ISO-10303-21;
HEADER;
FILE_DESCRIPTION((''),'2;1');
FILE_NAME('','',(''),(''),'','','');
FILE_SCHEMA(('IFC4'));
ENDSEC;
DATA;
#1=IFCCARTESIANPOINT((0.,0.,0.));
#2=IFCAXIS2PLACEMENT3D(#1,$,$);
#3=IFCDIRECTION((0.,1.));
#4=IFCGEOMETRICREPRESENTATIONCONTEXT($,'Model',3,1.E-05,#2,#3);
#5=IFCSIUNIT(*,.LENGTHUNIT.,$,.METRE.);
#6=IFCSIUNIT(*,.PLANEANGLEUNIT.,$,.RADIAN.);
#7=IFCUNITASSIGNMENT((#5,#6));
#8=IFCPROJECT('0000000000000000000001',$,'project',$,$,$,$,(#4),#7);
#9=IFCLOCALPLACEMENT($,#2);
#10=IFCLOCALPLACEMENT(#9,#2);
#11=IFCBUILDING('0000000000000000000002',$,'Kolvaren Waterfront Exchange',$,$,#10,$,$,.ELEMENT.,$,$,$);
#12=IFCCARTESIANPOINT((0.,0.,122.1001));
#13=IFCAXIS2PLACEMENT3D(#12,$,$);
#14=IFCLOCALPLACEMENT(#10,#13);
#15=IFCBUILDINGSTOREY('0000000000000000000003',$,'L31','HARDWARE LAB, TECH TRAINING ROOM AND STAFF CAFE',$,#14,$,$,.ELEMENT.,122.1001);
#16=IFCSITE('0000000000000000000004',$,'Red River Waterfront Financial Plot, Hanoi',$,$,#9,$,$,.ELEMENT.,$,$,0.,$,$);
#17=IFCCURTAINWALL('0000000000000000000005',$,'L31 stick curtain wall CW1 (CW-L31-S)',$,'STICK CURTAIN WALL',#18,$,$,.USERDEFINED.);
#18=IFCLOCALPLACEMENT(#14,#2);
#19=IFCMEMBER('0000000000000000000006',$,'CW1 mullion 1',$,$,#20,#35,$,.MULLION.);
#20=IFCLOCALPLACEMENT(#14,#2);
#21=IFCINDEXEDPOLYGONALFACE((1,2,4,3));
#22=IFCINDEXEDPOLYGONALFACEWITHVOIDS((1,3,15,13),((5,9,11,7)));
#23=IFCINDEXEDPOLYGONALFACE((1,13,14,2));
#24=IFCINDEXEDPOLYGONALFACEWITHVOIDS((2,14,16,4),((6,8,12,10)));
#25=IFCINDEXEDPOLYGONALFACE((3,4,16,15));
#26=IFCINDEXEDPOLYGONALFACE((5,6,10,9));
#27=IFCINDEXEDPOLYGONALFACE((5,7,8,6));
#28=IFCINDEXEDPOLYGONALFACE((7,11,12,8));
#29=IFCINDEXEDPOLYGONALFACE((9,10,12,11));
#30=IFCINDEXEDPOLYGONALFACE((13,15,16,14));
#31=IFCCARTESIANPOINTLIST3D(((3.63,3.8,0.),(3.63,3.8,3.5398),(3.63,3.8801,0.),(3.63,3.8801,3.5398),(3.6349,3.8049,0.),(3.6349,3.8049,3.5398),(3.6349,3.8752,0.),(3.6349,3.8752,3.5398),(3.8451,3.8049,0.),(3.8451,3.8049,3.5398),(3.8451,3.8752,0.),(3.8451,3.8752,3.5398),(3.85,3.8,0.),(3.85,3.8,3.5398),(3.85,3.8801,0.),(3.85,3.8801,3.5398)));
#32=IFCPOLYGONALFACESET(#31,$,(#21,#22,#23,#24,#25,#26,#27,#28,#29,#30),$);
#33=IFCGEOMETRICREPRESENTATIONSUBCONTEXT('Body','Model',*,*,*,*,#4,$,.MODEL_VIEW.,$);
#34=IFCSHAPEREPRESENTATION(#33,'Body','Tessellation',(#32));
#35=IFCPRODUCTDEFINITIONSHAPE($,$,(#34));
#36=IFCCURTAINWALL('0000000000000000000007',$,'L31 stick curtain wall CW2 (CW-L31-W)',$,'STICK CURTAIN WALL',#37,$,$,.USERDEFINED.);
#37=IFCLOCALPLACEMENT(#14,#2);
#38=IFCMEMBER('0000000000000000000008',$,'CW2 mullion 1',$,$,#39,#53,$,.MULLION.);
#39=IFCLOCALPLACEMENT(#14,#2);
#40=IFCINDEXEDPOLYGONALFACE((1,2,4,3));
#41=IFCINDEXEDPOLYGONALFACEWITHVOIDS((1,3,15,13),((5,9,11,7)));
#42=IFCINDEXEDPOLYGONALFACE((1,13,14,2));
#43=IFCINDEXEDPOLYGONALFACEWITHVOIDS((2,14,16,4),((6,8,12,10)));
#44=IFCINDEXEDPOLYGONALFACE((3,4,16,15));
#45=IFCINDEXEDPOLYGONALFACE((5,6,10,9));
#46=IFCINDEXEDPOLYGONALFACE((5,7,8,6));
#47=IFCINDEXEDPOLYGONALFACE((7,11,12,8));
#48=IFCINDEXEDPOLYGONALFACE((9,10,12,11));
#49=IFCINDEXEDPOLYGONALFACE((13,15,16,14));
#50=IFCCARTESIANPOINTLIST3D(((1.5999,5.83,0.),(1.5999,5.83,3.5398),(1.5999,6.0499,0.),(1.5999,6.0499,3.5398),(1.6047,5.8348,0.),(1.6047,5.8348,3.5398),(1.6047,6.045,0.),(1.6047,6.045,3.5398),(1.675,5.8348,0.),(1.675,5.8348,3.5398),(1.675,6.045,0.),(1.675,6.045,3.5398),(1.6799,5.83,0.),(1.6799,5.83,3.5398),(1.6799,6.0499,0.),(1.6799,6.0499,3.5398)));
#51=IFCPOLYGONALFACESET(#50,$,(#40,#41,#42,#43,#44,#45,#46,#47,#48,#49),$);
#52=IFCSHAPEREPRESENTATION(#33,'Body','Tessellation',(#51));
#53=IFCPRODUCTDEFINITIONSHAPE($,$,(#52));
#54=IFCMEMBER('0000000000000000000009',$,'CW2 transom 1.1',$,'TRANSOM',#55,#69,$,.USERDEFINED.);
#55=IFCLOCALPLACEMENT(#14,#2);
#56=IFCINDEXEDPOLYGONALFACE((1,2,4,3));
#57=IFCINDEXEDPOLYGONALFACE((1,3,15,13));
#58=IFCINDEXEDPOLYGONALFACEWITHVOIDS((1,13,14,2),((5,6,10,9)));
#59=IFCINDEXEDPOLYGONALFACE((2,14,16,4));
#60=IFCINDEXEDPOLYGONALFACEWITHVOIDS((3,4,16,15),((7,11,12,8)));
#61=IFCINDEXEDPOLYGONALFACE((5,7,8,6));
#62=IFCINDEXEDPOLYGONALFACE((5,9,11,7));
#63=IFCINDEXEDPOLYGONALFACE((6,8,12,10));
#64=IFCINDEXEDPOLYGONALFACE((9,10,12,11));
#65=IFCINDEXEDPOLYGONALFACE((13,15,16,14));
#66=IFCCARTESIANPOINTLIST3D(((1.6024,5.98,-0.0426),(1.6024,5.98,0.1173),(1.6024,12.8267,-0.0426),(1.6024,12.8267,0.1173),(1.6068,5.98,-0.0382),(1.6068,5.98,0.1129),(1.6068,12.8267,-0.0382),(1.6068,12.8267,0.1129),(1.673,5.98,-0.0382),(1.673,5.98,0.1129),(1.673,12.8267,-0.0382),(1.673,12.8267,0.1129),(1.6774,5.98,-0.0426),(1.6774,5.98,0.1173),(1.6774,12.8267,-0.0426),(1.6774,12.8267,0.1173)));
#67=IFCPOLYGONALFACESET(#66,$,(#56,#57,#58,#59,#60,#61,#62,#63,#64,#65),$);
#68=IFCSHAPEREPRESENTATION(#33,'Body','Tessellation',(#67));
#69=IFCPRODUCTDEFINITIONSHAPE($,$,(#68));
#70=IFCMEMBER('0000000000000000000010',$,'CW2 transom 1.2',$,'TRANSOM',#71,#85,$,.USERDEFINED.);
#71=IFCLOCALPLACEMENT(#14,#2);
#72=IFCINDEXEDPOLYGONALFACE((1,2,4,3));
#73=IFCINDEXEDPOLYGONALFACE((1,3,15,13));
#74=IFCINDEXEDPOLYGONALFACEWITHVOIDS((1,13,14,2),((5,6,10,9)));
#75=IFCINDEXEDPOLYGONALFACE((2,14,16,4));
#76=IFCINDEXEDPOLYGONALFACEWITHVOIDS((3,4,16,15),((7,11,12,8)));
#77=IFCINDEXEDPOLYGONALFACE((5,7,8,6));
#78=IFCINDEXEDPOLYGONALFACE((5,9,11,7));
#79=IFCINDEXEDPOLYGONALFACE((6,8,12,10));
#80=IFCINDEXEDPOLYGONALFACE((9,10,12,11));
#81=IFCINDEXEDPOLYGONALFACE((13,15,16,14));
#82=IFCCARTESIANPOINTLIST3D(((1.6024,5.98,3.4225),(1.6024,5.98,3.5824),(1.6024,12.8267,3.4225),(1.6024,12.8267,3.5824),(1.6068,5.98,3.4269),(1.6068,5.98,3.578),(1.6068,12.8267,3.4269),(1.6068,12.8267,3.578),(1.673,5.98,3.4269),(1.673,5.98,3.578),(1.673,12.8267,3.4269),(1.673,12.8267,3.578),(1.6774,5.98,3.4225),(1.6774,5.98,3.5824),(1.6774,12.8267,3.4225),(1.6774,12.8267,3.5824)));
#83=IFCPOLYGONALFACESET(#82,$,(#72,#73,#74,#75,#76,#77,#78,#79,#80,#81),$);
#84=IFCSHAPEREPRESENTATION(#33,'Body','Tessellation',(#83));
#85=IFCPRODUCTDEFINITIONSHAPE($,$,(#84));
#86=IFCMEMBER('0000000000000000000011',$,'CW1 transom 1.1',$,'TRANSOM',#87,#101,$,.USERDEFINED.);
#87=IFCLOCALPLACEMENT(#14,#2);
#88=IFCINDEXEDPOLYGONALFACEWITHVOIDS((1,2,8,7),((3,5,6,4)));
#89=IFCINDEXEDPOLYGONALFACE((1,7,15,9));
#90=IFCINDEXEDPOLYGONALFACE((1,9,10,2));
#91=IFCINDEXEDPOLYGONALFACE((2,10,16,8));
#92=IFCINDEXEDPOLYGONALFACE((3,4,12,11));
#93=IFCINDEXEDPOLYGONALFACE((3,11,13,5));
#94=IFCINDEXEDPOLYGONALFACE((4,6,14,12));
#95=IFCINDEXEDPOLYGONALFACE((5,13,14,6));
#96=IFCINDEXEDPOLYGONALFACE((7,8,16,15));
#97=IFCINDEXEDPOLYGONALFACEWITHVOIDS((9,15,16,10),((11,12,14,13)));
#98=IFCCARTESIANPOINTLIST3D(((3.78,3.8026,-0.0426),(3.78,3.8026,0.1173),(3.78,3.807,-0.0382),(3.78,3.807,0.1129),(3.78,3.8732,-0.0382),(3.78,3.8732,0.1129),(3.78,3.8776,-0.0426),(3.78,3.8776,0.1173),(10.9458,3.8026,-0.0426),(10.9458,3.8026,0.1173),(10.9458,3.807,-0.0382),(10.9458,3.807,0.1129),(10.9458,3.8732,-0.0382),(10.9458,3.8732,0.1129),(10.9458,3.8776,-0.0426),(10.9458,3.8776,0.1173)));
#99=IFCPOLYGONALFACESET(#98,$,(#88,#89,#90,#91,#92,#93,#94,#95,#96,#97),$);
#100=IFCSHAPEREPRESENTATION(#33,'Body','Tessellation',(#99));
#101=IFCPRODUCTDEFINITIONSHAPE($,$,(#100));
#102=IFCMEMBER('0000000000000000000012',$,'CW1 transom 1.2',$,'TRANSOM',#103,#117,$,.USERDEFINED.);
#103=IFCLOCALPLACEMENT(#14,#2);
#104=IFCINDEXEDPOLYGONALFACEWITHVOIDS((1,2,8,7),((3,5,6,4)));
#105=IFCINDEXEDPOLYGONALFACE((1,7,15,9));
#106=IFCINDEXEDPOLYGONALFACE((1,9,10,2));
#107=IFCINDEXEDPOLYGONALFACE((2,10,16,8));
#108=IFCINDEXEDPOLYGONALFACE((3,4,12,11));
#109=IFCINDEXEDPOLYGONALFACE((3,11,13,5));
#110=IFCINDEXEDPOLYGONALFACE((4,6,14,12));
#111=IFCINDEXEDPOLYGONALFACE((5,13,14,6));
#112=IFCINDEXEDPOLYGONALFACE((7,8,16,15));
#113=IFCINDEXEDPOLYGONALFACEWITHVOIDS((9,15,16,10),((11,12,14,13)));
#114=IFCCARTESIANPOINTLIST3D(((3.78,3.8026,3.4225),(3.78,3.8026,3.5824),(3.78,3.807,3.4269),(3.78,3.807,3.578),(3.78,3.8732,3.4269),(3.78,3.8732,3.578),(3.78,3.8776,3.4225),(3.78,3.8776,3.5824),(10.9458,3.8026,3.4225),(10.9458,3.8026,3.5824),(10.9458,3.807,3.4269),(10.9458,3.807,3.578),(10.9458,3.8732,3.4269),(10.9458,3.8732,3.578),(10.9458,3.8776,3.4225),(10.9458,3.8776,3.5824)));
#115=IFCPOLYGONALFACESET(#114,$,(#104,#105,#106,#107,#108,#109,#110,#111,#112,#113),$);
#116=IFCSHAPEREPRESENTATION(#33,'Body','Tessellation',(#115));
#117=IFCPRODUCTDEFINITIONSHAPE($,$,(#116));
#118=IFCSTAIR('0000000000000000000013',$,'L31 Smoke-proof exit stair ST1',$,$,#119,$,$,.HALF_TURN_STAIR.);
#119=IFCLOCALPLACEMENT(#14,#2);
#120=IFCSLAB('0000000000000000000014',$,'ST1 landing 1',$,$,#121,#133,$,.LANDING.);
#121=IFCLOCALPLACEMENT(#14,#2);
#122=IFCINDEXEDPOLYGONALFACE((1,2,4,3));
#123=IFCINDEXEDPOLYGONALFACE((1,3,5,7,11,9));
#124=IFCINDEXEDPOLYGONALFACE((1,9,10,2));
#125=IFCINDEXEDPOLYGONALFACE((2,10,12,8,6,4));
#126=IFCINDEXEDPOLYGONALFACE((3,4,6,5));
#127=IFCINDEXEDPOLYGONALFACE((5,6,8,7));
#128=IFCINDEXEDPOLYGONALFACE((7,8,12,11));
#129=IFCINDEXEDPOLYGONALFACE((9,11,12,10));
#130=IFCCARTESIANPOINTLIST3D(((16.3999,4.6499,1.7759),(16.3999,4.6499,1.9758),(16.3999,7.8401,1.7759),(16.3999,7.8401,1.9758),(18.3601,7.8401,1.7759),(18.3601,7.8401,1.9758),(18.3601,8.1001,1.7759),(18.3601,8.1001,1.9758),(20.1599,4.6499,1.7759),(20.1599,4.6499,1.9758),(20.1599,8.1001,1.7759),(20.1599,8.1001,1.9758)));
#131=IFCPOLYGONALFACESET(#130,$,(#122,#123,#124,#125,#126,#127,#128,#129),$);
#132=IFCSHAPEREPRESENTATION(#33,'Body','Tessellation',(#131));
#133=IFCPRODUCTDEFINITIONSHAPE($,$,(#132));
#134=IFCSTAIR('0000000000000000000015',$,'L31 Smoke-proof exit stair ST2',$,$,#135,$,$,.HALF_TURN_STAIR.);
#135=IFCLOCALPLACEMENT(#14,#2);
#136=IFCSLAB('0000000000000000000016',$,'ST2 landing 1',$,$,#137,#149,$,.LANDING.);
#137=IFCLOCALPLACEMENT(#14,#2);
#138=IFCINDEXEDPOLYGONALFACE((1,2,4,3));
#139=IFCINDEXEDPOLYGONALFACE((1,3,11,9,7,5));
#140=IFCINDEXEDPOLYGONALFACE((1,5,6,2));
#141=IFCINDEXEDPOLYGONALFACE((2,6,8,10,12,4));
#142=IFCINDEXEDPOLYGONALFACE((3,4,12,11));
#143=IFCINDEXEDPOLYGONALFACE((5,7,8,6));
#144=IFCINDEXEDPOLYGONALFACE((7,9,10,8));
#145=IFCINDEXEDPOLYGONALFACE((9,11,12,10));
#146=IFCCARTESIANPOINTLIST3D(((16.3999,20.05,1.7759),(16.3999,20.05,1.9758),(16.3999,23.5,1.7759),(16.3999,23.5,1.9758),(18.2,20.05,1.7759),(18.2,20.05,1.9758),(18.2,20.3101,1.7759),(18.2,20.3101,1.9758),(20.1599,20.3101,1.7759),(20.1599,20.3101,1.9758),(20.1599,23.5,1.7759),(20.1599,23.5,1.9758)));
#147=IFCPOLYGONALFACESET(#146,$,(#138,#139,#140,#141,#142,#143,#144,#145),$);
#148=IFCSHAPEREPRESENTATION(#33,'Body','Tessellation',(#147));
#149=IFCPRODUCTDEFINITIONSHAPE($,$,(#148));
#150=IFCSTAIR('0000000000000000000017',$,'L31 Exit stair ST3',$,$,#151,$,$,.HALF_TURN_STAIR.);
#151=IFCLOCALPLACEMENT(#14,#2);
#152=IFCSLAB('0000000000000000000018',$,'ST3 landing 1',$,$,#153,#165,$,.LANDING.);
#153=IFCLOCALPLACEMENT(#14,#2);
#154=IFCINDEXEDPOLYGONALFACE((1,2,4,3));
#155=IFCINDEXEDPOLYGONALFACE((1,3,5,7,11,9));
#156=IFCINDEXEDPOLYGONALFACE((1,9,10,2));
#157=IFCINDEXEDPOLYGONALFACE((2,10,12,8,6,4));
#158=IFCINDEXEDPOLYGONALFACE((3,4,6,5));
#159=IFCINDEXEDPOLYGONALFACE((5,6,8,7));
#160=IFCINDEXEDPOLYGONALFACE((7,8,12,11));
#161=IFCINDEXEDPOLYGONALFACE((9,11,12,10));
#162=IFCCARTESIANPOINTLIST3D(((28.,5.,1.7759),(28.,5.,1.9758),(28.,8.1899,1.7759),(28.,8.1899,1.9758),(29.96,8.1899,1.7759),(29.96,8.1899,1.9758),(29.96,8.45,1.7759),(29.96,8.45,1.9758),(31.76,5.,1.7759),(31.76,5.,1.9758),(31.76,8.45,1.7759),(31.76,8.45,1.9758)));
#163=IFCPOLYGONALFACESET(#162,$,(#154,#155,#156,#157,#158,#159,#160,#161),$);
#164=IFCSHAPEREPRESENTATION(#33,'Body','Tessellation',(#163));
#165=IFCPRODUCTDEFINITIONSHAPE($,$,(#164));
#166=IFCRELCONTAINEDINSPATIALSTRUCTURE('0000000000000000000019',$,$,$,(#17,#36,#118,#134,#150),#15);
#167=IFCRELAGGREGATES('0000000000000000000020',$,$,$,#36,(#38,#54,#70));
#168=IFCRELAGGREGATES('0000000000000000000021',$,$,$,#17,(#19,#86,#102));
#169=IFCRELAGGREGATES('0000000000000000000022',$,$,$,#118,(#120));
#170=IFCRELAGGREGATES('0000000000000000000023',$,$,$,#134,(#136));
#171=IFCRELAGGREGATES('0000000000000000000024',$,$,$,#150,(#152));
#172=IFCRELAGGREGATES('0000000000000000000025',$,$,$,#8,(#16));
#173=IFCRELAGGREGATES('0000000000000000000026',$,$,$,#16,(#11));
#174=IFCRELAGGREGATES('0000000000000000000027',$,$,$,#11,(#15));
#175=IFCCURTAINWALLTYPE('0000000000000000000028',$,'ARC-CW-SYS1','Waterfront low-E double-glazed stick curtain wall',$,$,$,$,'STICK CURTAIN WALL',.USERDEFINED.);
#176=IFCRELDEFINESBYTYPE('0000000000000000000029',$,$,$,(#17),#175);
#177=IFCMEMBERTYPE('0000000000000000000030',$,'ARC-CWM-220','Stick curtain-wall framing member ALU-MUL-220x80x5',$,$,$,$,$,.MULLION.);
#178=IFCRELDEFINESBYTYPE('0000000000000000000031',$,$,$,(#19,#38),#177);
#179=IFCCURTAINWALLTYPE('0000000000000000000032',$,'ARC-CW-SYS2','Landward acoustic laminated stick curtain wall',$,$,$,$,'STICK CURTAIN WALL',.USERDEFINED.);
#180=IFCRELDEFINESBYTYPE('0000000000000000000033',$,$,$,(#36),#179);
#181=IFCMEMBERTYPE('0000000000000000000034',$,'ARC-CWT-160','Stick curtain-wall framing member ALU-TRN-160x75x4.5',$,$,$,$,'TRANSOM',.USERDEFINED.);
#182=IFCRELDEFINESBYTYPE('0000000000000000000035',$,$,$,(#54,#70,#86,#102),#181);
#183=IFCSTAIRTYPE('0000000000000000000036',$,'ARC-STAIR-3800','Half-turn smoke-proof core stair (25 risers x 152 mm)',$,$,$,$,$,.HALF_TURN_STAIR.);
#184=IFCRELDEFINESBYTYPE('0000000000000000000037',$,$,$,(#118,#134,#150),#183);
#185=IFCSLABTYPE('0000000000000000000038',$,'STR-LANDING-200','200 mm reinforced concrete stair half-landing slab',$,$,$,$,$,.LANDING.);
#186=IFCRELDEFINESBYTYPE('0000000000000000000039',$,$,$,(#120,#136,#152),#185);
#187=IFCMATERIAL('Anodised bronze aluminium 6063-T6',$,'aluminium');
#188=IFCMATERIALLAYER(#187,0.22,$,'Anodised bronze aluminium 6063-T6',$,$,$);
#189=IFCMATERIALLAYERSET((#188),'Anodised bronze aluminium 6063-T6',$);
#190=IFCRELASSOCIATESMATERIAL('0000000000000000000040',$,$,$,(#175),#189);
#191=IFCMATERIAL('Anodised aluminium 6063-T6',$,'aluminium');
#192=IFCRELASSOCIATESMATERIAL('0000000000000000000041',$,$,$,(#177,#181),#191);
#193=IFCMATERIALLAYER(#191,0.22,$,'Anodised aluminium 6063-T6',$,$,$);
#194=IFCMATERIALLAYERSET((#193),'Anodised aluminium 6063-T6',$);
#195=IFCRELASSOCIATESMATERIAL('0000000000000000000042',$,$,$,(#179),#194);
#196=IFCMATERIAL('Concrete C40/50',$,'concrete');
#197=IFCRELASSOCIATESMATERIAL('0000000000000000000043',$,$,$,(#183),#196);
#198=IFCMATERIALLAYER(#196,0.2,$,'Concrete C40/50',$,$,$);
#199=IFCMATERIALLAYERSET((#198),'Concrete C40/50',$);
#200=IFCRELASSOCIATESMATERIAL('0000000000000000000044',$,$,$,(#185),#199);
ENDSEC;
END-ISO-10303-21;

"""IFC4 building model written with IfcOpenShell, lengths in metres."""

from ifc_helpers import new_model, si_unit, direction, frame, origin, origin_with_axes, origin_2d, place, context, subcontext, project, spatial, polyline, hollow_rectangle, outline, extrude, source, transform, mapped, material, layer, layer_set, material_profile, profile_set, type_object, element, aggregate, save


model = new_model("IFC4")

# Units and contexts
model_context = context("Model", 3, precision=1e-05, world=origin(), true_north=direction((0.0, 1.0)))
body_context = subcontext(model_context, "Body", "Model", "MODEL_VIEW")
ifc_project = project(units=[si_unit("LENGTHUNIT", "METRE"), si_unit("PLANEANGLEUNIT", "RADIAN")], contexts=[model_context])

# Site, building, storey
site_placement = place(None, origin())
site = spatial("IfcSite", under=ifc_project, at=site_placement, Name="Red River Waterfront Financial Plot, Hanoi", CompositionType="ELEMENT", RefElevation=0.0)
building_placement = place(site_placement, origin())
building = spatial("IfcBuilding", under=site, at=building_placement, Name="Kolvaren Waterfront Exchange", CompositionType="ELEMENT")
storey_placement = place(building_placement, frame((0.0, 0.0, 122.1001)))
storey = spatial("IfcBuildingStorey", under=building, at=storey_placement, Name="L31", Description="HARDWARE LAB, TECH TRAINING ROOM AND STAFF CAFE", CompositionType="ELEMENT", Elevation=122.1001)

# Curtain wall, member
ifc_material_1 = material(Name="Anodised bronze aluminium 6063-T6", Category="aluminium")
ifc_layer_1 = layer(ifc_material_1, 0.22, Name="Anodised bronze aluminium 6063-T6")
ifc_layer_set_1 = layer_set([ifc_layer_1], Name="Anodised bronze aluminium 6063-T6")
curtain_wall_type_1 = type_object("IfcCurtainWallType", Name="ARC-CW-SYS1", Description="Waterfront low-E double-glazed stick curtain wall", ElementType="STICK CURTAIN WALL", PredefinedType="USERDEFINED", material=ifc_layer_set_1)
curtain_wall_1_placement = place(storey_placement, origin())
curtain_wall_1 = element("IfcCurtainWall", 1, at=curtain_wall_1_placement, inside=storey, type_object=curtain_wall_type_1, Name="L31 stick curtain wall CW1 (CW-L31-S)", ObjectType="STICK CURTAIN WALL", PredefinedType="USERDEFINED")
ifc_material_2 = material(Name="Anodised aluminium 6063-T6", Category="aluminium")
ifc_material_profile_1 = material_profile(ifc_material_2, hollow_rectangle(XDim=0.0801, YDim=0.22, WallThickness=0.0049, at=origin_2d()), Name="ALU-MUL-220x80x5")
ifc_profile_set_1 = profile_set([ifc_material_profile_1], Name="Anodised aluminium 6063-T6")
member_type_1 = type_object("IfcMemberType", Name="ARC-CWM-220", Description="Stick curtain-wall framing member ALU-MUL-220x80x5", PredefinedType="MULLION", material=ifc_profile_set_1)
shared_shape_1 = source(origin_with_axes(), body_context, "Body", "SweptSolid", [
    extrude(hollow_rectangle(XDim=0.0801, YDim=0.22, WallThickness=0.0049, at=origin_2d()), origin(), (0.0, 0.0, 1.0), 3.5398),
])
member_1_placement = place(storey_placement, frame((3.74, 3.8401, 0.0), z_axis=(0.0, 0.0, 1.0), x_axis=(0.0, 1.0, 0.0)))
member_1 = element("IfcMember", 2, at=member_1_placement, type_object=member_type_1, Name="CW1 mullion 1", PredefinedType="MULLION", context=body_context, shape_type="MappedRepresentation", body=[
    mapped(shared_shape_1, transform((0.0, 0.0, 0.0), x_axis=(1.0, 0.0, 0.0), y_axis=(0.0, 1.0, 0.0), z_axis=(0.0, 0.0, 1.0), scale=1.0)),
])

# Curtain wall, members
ifc_layer_2 = layer(ifc_material_2, 0.22, Name="Anodised aluminium 6063-T6")
ifc_layer_set_2 = layer_set([ifc_layer_2], Name="Anodised aluminium 6063-T6")
curtain_wall_type_2 = type_object("IfcCurtainWallType", Name="ARC-CW-SYS2", Description="Landward acoustic laminated stick curtain wall", ElementType="STICK CURTAIN WALL", PredefinedType="USERDEFINED", material=ifc_layer_set_2)
curtain_wall_2_placement = place(storey_placement, origin())
curtain_wall_2 = element("IfcCurtainWall", 3, at=curtain_wall_2_placement, inside=storey, type_object=curtain_wall_type_2, Name="L31 stick curtain wall CW2 (CW-L31-W)", ObjectType="STICK CURTAIN WALL", PredefinedType="USERDEFINED")
member_2_placement = place(storey_placement, frame((1.6399, 5.9399, 0.0), z_axis=(0.0, 0.0, 1.0), x_axis=(-1.0, 0.0, 0.0)))
member_2 = element("IfcMember", 4, at=member_2_placement, type_object=member_type_1, Name="CW2 mullion 1", PredefinedType="MULLION", context=body_context, shape_type="MappedRepresentation", body=[
    mapped(shared_shape_1, transform((0.0, 0.0, 0.0), x_axis=(1.0, 0.0, 0.0), y_axis=(0.0, 1.0, 0.0), z_axis=(0.0, 0.0, 1.0), scale=1.0)),
])
ifc_material_profile_2 = material_profile(ifc_material_2, hollow_rectangle(XDim=0.075, YDim=0.1599, WallThickness=0.0044, at=origin_2d()), Name="ALU-TRN-160x75x4.5")
ifc_profile_set_2 = profile_set([ifc_material_profile_2], Name="Anodised aluminium 6063-T6")
member_type_2 = type_object("IfcMemberType", Name="ARC-CWT-160", Description="Stick curtain-wall framing member ALU-TRN-160x75x4.5", ElementType="TRANSOM", PredefinedType="USERDEFINED", material=ifc_profile_set_2)
shared_shape_2 = source(origin_with_axes(), body_context, "Body", "SweptSolid", [
    extrude(hollow_rectangle(XDim=0.075, YDim=0.1599, WallThickness=0.0044, at=origin_2d()), origin(), (0.0, 0.0, 1.0), 6.8467),
])
member_3_placement = place(storey_placement, frame((1.6399, 5.98, 0.0374), z_axis=(0.0, 1.0, 0.0), x_axis=(-1.0, 0.0, 0.0)))
member_3 = element("IfcMember", 5, at=member_3_placement, type_object=member_type_2, Name="CW2 transom 1.1", ObjectType="TRANSOM", PredefinedType="USERDEFINED", context=body_context, shape_type="MappedRepresentation", body=[
    mapped(shared_shape_2, transform((0.0, 0.0, 0.0), x_axis=(1.0, 0.0, 0.0), y_axis=(0.0, 1.0, 0.0), z_axis=(0.0, 0.0, 1.0), scale=1.0)),
])
member_4_placement = place(storey_placement, frame((1.6399, 5.98, 3.5024), z_axis=(0.0, 1.0, 0.0), x_axis=(-1.0, 0.0, 0.0)))
member_4 = element("IfcMember", 6, at=member_4_placement, type_object=member_type_2, Name="CW2 transom 1.2", ObjectType="TRANSOM", PredefinedType="USERDEFINED", context=body_context, shape_type="MappedRepresentation", body=[
    mapped(shared_shape_2, transform((0.0, 0.0, 0.0), x_axis=(1.0, 0.0, 0.0), y_axis=(0.0, 1.0, 0.0), z_axis=(0.0, 0.0, 1.0), scale=1.0)),
])
aggregate(curtain_wall_2, [member_2, member_3, member_4])

# Members
shared_shape_3 = source(origin_with_axes(), body_context, "Body", "SweptSolid", [
    extrude(hollow_rectangle(XDim=0.075, YDim=0.1599, WallThickness=0.0044, at=origin_2d()), origin(), (0.0, 0.0, 1.0), 7.1658),
])
member_5_placement = place(storey_placement, frame((3.78, 3.8401, 0.0374), z_axis=(1.0, 0.0, 0.0), x_axis=(0.0, 1.0, 0.0)))
member_5 = element("IfcMember", 7, at=member_5_placement, type_object=member_type_2, Name="CW1 transom 1.1", ObjectType="TRANSOM", PredefinedType="USERDEFINED", context=body_context, shape_type="MappedRepresentation", body=[
    mapped(shared_shape_3, transform((0.0, 0.0, 0.0), x_axis=(1.0, 0.0, 0.0), y_axis=(0.0, 1.0, 0.0), z_axis=(0.0, 0.0, 1.0), scale=1.0)),
])
member_6_placement = place(storey_placement, frame((3.78, 3.8401, 3.5024), z_axis=(1.0, 0.0, 0.0), x_axis=(0.0, 1.0, 0.0)))
member_6 = element("IfcMember", 8, at=member_6_placement, type_object=member_type_2, Name="CW1 transom 1.2", ObjectType="TRANSOM", PredefinedType="USERDEFINED", context=body_context, shape_type="MappedRepresentation", body=[
    mapped(shared_shape_3, transform((0.0, 0.0, 0.0), x_axis=(1.0, 0.0, 0.0), y_axis=(0.0, 1.0, 0.0), z_axis=(0.0, 0.0, 1.0), scale=1.0)),
])
aggregate(curtain_wall_1, [member_1, member_5, member_6])

# Stairs, slabs
ifc_material_3 = material(Name="Concrete C40/50", Category="concrete")
stair_type = type_object("IfcStairType", Name="ARC-STAIR-3800", Description="Half-turn smoke-proof core stair (25 risers x 152 mm)", PredefinedType="HALF_TURN_STAIR", material=ifc_material_3)
stair_1_placement = place(storey_placement, origin())
stair_1 = element("IfcStair", 9, at=stair_1_placement, inside=storey, type_object=stair_type, Name="L31 Smoke-proof exit stair ST1", PredefinedType="HALF_TURN_STAIR")
ifc_layer_3 = layer(ifc_material_3, 0.2, Name="Concrete C40/50")
ifc_layer_set_3 = layer_set([ifc_layer_3], Name="Concrete C40/50")
slab_type_1 = type_object("IfcSlabType", Name="STR-LANDING-200", Description="200 mm reinforced concrete stair half-landing slab", PredefinedType="LANDING", material=ifc_layer_set_3)
slab_1_placement = place(storey_placement, frame((0.0, 0.0, 1.7759)))
slab_1 = element("IfcSlab", 10, at=slab_1_placement, type_object=slab_type_1, Name="ST1 landing 1", PredefinedType="LANDING", context=body_context, shape_type="SweptSolid", body=[
    extrude(outline(polyline([(16.3999, 7.8401), (16.3999, 4.6499), (20.1599, 4.6499), (20.1599, 8.1001), (18.3601, 8.1001), (18.3601, 7.8401), (16.3999, 7.8401)])), origin(), (0.0, 0.0, 1.0), 0.2),
])
aggregate(stair_1, [slab_1])
stair_2_placement = place(storey_placement, origin())
stair_2 = element("IfcStair", 11, at=stair_2_placement, inside=storey, type_object=stair_type, Name="L31 Smoke-proof exit stair ST2", PredefinedType="HALF_TURN_STAIR")
slab_2_placement = place(storey_placement, frame((0.0, 0.0, 1.7759)))
slab_2 = element("IfcSlab", 12, at=slab_2_placement, type_object=slab_type_1, Name="ST2 landing 1", PredefinedType="LANDING", context=body_context, shape_type="SweptSolid", body=[
    extrude(outline(polyline([(20.1599, 20.3101), (20.1599, 23.5), (16.3999, 23.5), (16.3999, 20.05), (18.2, 20.05), (18.2, 20.3101), (20.1599, 20.3101)])), origin(), (0.0, 0.0, 1.0), 0.2),
])
aggregate(stair_2, [slab_2])
stair_3_placement = place(storey_placement, origin())
stair_3 = element("IfcStair", 13, at=stair_3_placement, inside=storey, type_object=stair_type, Name="L31 Exit stair ST3", PredefinedType="HALF_TURN_STAIR")
slab_3_placement = place(storey_placement, frame((0.0, 0.0, 1.7759)))
slab_3 = element("IfcSlab", 14, at=slab_3_placement, type_object=slab_type_1, Name="ST3 landing 1", PredefinedType="LANDING", context=body_context, shape_type="SweptSolid", body=[
    extrude(outline(polyline([(28.0, 8.1899), (28.0, 5.0), (31.76, 5.0), (31.76, 8.45), (29.96, 8.45), (29.96, 8.1899), (28.0, 8.1899)])), origin(), (0.0, 0.0, 1.0), 0.2),
])
aggregate(stair_3, [slab_3])

save(model, "model.ifc")
